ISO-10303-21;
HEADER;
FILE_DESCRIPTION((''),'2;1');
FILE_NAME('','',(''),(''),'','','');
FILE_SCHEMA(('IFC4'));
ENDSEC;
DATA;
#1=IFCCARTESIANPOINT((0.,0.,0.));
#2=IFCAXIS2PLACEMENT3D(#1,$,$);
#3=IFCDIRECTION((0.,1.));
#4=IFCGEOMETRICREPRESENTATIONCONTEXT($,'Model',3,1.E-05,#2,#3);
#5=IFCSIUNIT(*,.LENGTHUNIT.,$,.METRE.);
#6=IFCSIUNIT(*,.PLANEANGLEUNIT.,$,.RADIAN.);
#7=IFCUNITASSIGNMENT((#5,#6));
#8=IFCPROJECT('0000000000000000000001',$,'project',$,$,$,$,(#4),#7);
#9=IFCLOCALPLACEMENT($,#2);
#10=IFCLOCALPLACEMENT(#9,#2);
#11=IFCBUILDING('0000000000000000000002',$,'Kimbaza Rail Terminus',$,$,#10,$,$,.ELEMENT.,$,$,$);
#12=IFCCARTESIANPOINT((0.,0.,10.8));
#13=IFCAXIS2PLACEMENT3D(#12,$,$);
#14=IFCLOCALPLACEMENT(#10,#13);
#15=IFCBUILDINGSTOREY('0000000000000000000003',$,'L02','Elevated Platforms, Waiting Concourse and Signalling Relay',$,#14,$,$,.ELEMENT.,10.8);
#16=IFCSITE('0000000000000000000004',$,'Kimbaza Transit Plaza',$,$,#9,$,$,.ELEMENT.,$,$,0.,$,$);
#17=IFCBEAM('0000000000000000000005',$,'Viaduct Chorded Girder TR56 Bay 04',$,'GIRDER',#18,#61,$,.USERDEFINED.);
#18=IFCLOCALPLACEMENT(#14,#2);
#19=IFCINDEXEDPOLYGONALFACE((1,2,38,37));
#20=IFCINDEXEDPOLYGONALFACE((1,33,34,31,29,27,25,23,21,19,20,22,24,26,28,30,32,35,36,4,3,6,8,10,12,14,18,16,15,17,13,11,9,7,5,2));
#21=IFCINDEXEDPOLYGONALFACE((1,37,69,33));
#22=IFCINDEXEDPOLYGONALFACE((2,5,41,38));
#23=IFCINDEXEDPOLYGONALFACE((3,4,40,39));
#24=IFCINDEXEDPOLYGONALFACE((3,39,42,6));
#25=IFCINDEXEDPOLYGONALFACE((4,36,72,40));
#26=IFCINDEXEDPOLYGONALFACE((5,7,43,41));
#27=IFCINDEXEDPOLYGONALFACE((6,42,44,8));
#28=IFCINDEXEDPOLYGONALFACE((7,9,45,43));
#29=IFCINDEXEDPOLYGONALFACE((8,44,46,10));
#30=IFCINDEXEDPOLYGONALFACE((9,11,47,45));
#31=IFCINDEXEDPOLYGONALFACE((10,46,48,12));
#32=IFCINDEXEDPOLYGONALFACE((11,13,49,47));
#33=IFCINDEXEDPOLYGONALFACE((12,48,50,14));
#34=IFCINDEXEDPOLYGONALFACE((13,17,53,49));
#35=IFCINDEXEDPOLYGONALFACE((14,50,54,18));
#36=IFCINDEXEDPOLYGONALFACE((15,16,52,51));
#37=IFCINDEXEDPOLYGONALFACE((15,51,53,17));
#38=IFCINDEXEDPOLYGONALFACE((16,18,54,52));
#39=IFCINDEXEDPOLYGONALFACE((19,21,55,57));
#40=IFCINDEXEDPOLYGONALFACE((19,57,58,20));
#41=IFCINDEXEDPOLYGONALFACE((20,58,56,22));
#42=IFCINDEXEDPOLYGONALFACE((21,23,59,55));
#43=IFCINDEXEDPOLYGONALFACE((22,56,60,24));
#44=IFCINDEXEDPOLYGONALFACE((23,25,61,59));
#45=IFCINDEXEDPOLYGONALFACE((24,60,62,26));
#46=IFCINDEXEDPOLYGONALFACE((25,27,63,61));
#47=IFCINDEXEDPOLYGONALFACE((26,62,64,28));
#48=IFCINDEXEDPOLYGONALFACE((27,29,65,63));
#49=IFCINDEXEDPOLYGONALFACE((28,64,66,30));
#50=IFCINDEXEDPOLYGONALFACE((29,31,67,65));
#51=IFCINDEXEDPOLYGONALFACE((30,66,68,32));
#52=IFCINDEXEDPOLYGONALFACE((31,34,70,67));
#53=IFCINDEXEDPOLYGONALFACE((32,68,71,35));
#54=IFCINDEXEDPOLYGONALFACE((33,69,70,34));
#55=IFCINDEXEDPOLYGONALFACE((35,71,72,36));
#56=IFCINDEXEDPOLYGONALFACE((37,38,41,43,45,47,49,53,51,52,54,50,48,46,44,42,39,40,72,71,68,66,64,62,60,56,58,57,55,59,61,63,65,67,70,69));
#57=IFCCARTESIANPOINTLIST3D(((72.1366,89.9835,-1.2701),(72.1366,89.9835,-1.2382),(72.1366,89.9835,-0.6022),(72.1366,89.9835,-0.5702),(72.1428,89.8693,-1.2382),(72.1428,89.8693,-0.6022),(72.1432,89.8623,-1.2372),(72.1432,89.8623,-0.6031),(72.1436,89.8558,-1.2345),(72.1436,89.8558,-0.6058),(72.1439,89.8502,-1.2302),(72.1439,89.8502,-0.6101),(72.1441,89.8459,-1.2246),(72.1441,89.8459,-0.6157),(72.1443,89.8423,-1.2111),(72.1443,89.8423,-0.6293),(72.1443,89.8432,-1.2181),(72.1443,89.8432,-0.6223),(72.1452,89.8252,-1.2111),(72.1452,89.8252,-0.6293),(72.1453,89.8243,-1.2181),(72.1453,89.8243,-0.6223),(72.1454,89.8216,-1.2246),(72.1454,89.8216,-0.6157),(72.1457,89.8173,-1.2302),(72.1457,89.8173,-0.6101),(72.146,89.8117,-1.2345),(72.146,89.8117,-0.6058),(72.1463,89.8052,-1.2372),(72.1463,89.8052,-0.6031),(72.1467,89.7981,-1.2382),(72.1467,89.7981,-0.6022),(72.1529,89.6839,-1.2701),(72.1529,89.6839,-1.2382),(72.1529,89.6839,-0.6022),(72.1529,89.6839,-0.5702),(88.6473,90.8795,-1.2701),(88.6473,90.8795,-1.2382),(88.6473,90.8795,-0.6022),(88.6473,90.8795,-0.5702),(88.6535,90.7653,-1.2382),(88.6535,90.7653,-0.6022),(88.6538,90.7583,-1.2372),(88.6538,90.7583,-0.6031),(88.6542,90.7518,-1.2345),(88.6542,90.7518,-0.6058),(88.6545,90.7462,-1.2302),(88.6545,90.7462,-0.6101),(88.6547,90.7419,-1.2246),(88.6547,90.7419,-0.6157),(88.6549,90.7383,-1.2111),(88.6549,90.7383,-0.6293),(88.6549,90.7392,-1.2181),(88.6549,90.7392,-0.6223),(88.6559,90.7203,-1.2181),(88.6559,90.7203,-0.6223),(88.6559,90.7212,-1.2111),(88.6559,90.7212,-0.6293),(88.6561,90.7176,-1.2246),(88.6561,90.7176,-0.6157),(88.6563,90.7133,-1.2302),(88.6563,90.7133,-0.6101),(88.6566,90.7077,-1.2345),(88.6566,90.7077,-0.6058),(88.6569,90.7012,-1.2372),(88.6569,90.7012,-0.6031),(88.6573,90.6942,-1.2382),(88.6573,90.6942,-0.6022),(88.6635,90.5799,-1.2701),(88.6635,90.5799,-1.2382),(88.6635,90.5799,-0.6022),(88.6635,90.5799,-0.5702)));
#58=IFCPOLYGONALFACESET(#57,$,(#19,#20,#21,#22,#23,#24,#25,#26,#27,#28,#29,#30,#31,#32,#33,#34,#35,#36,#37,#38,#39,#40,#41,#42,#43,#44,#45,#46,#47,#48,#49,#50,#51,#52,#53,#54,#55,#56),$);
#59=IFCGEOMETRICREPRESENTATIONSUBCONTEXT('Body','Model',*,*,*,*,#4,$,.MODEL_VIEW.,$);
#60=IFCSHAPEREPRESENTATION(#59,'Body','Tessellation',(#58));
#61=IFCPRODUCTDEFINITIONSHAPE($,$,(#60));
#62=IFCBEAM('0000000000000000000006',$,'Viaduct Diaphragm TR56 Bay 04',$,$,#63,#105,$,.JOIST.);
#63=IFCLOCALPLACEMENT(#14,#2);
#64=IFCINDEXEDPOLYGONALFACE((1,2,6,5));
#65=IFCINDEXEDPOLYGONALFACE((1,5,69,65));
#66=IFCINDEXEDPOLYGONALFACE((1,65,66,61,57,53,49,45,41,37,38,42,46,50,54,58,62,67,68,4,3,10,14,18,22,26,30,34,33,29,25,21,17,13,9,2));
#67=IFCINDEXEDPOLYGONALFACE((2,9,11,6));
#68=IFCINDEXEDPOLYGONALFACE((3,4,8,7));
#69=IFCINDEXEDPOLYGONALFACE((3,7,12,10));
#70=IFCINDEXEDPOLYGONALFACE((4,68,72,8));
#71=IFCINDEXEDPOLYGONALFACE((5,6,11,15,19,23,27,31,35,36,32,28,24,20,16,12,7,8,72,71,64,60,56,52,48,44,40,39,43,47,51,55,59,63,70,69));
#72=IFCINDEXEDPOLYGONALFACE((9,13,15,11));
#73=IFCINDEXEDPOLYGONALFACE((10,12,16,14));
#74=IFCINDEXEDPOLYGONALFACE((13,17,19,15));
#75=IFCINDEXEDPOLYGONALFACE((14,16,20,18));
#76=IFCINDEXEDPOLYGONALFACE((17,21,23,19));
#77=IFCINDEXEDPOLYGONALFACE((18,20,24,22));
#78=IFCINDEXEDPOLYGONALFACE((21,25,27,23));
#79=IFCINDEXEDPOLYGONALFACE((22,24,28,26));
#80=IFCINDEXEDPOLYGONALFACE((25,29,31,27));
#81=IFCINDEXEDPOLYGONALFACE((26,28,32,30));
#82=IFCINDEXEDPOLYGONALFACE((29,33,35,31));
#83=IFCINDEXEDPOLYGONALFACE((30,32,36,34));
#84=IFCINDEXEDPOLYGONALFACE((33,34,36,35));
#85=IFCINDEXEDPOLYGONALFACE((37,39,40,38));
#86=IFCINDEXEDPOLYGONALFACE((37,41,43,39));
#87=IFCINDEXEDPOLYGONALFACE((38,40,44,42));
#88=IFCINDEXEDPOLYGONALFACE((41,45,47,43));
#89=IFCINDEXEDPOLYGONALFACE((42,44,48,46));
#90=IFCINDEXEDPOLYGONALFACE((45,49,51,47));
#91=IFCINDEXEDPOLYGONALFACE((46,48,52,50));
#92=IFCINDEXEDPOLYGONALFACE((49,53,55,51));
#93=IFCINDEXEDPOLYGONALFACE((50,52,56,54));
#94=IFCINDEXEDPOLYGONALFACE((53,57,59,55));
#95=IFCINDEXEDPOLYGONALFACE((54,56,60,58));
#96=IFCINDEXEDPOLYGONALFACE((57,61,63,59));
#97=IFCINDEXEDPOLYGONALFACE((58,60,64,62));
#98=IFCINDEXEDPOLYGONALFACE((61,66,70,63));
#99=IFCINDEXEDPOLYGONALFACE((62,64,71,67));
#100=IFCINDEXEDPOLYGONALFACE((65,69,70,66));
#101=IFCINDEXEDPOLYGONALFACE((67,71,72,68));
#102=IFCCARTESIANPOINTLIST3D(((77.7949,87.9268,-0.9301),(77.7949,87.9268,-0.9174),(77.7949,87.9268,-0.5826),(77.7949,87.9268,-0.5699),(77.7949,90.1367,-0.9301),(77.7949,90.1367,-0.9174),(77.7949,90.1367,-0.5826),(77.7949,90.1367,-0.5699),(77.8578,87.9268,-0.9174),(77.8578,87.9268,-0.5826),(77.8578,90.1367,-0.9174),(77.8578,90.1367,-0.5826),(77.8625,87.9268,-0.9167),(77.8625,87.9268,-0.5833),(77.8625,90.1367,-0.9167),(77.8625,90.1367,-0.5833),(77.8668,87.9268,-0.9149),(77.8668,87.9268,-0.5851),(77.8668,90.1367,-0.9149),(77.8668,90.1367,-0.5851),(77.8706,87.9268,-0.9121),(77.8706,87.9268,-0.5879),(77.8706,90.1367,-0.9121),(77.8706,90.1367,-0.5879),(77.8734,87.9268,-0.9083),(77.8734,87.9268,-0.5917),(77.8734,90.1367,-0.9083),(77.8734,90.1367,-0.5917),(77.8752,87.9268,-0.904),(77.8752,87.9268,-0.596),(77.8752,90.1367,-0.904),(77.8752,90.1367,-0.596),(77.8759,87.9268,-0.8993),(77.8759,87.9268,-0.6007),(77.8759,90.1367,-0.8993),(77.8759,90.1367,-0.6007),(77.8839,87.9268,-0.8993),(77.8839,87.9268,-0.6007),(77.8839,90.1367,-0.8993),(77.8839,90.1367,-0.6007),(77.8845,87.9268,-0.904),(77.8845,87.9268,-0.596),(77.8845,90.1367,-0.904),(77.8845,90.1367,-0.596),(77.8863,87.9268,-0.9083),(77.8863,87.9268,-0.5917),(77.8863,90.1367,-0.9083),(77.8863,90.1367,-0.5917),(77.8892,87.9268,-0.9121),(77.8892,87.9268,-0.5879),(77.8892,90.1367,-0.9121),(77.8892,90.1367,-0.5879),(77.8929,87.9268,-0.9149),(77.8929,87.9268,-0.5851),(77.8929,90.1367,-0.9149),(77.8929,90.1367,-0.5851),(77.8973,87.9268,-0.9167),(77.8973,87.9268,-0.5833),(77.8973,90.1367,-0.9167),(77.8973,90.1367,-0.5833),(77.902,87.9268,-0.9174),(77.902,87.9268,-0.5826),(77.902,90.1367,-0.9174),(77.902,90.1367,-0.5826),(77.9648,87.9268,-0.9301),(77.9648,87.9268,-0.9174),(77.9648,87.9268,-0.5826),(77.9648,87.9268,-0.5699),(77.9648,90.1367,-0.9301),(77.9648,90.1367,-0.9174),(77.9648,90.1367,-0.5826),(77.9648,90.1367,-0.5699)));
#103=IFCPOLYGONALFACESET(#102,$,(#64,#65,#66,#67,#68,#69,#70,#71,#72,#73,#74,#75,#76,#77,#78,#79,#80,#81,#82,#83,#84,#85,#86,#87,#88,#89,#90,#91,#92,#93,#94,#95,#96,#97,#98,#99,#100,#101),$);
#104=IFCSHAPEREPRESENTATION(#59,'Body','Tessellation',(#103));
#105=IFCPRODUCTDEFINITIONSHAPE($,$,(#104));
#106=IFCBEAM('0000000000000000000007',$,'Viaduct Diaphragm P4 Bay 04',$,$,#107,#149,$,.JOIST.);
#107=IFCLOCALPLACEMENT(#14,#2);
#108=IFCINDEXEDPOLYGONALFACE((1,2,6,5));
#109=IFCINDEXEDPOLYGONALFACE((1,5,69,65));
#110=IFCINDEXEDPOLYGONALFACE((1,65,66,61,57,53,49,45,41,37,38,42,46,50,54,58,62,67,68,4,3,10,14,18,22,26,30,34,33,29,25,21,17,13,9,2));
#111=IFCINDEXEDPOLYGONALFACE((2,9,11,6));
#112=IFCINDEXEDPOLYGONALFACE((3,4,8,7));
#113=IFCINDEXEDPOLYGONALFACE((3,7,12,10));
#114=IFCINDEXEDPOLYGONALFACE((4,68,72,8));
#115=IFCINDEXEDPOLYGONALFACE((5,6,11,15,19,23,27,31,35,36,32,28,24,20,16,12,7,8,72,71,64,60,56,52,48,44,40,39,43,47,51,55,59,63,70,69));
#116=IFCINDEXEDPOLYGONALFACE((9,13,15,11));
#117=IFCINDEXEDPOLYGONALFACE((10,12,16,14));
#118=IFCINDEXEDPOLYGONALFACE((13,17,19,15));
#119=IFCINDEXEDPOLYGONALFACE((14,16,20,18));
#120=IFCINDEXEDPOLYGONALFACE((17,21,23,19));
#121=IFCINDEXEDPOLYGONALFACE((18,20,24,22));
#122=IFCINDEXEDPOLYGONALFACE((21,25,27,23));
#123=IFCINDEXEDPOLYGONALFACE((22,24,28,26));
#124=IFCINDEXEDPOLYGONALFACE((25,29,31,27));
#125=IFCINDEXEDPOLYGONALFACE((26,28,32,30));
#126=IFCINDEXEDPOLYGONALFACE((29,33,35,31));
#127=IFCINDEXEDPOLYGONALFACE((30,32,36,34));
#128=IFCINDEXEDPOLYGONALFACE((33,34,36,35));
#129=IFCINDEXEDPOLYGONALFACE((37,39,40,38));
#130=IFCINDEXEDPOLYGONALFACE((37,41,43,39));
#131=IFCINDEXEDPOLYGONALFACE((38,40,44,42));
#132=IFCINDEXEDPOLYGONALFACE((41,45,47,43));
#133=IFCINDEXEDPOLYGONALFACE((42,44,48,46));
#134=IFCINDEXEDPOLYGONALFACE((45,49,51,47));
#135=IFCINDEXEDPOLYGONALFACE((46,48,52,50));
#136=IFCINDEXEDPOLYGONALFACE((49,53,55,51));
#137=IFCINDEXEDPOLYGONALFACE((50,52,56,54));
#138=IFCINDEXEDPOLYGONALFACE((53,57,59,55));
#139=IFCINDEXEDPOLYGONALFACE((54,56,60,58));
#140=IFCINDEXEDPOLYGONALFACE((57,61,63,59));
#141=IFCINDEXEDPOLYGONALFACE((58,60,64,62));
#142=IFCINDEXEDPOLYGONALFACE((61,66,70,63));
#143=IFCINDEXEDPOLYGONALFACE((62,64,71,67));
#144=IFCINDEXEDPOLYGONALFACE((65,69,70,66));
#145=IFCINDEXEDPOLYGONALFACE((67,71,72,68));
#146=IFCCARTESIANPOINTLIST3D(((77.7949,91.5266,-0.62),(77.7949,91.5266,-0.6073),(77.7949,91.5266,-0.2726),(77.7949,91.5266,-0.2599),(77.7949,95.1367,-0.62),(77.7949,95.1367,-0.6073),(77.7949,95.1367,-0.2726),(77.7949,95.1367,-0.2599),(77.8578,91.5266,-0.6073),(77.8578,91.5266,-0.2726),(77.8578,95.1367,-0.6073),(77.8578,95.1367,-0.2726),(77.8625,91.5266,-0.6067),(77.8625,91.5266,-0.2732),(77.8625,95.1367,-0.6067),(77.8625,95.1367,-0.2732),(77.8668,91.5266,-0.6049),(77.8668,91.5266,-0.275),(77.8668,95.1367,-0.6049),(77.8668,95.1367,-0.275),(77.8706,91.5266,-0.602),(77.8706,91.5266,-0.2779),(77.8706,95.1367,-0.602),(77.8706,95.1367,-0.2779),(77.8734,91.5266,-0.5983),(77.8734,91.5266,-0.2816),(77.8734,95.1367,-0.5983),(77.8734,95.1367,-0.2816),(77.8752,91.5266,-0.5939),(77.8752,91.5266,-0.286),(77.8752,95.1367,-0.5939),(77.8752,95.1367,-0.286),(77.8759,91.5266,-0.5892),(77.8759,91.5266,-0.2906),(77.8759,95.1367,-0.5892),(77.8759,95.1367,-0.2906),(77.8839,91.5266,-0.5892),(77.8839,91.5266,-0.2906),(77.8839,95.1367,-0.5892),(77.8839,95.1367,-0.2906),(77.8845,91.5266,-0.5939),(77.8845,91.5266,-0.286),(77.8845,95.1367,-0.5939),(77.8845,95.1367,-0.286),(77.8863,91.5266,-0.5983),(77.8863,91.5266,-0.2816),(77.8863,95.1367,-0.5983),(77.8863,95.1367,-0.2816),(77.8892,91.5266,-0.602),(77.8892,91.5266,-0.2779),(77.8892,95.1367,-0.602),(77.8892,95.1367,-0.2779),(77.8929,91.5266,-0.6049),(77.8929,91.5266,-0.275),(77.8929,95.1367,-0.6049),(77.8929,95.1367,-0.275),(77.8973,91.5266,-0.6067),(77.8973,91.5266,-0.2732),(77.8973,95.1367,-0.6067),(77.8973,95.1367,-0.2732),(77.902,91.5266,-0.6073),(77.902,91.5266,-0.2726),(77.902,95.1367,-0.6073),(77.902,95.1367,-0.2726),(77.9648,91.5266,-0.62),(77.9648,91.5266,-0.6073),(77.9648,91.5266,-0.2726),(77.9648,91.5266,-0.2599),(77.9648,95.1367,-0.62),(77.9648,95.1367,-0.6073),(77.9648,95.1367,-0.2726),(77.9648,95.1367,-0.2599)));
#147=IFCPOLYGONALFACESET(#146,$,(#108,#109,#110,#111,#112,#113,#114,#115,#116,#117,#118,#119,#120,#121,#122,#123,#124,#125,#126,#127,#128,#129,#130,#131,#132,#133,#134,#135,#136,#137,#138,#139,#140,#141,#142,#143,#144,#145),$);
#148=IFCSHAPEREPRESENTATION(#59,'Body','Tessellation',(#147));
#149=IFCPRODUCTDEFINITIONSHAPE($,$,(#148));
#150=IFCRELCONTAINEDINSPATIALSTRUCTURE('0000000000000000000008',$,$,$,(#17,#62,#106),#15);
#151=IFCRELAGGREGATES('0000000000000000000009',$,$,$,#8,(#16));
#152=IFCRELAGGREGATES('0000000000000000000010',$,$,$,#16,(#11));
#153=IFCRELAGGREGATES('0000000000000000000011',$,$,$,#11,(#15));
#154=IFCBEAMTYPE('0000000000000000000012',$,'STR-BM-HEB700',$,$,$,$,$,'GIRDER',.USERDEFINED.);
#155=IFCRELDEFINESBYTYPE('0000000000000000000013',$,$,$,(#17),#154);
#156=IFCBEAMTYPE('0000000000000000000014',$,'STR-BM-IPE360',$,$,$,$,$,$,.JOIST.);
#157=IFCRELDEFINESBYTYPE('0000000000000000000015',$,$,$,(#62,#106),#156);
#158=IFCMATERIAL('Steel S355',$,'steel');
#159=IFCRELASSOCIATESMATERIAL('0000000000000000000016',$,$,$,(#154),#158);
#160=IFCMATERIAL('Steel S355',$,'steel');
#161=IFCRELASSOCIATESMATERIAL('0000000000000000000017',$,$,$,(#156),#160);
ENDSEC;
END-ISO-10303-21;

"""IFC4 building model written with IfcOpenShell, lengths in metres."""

from ifc_helpers import new_model, si_unit, direction, frame, origin, origin_2d, place, context, subcontext, project, spatial, i_section, extrude, material, material_profile, profile_set, type_object, element, save


model = new_model("IFC4")

# Units and contexts
model_context = context("Model", 3, precision=1e-05, world=origin(), true_north=direction((0.0, 1.0)))
body_context = subcontext(model_context, "Body", "Model", "MODEL_VIEW")
ifc_project = project(units=[si_unit("LENGTHUNIT", "METRE"), si_unit("PLANEANGLEUNIT", "RADIAN")], contexts=[model_context])

# Site, building, storey
site_placement = place(None, origin())
site = spatial("IfcSite", under=ifc_project, at=site_placement, Name="Kimbaza Transit Plaza", CompositionType="ELEMENT", RefElevation=0.0)
building_placement = place(site_placement, origin())
building = spatial("IfcBuilding", under=site, at=building_placement, Name="Kimbaza Rail Terminus", CompositionType="ELEMENT")
storey_placement = place(building_placement, frame((0.0, 0.0, 10.8)))
storey = spatial("IfcBuildingStorey", under=building, at=storey_placement, Name="L02", Description="Elevated Platforms, Waiting Concourse and Signalling Relay", CompositionType="ELEMENT", Elevation=10.8)

# Beams
ifc_material_1 = material(Name="Steel S355", Category="steel")
ifc_material_profile_1 = material_profile(ifc_material_1, i_section(OverallWidth=0.3, OverallDepth=0.7, WebThickness=0.0171, FlangeThickness=0.032, FilletRadius=0.0271, at=origin_2d()), Name="HEB 700")
ifc_profile_set_1 = profile_set([ifc_material_profile_1], Name="Steel S355")
beam_type_1 = type_object("IfcBeamType", Name="STR-BM-HEB700", ElementType="GIRDER", PredefinedType="USERDEFINED", material=ifc_profile_set_1)
for number, where, z_axis, x_axis, name in (
    (1, (72.1448, 89.8337, -0.9202), (0.998531, 0.054189, 0.0), (-0.054189, 0.998531, 0.0), "Viaduct Chorded Girder TR56 Bay 04"),
):
    element("IfcBeam", number, at=place(storey_placement, frame(where, z_axis=z_axis, x_axis=x_axis)), inside=storey, type_object=beam_type_1, Name=name, ObjectType="GIRDER", PredefinedType="USERDEFINED", context=body_context, shape_type="SweptSolid", body=[
        extrude(i_section(OverallWidth=0.3, OverallDepth=0.7, WebThickness=0.0171, FlangeThickness=0.032, FilletRadius=0.0271, at=origin_2d()), origin(), (0.0, 0.0, 1.0), 16.5349),
    ])
ifc_material_2 = material(Name="Steel S355", Category="steel")
ifc_material_profile_2 = material_profile(ifc_material_2, i_section(OverallWidth=0.1699, OverallDepth=0.3601, WebThickness=0.0081, FlangeThickness=0.0127, FilletRadius=0.0181, at=origin_2d()), Name="IPE 360")
ifc_profile_set_2 = profile_set([ifc_material_profile_2], Name="Steel S355")
beam_type_2 = type_object("IfcBeamType", Name="STR-BM-IPE360", PredefinedType="JOIST", material=ifc_profile_set_2)
beam_1_placement = place(storey_placement, frame((77.8799, 87.9268, -0.75), z_axis=(0.0, 1.0, 0.0), x_axis=(-1.0, 0.0, 0.0)))
element("IfcBeam", 2, at=beam_1_placement, inside=storey, type_object=beam_type_2, Name="Viaduct Diaphragm TR56 Bay 04", PredefinedType="JOIST", context=body_context, shape_type="SweptSolid", body=[
    extrude(i_section(OverallWidth=0.1699, OverallDepth=0.3601, WebThickness=0.0081, FlangeThickness=0.0127, FilletRadius=0.0181, at=origin_2d()), origin(), (0.0, 0.0, 1.0), 2.21),
])
beam_2_placement = place(storey_placement, frame((77.8799, 91.5266, -0.4399), z_axis=(0.0, 1.0, 0.0), x_axis=(-1.0, 0.0, 0.0)))
element("IfcBeam", 3, at=beam_2_placement, inside=storey, type_object=beam_type_2, Name="Viaduct Diaphragm P4 Bay 04", PredefinedType="JOIST", context=body_context, shape_type="SweptSolid", body=[
    extrude(i_section(OverallWidth=0.1699, OverallDepth=0.3601, WebThickness=0.0081, FlangeThickness=0.0127, FilletRadius=0.0181, at=origin_2d()), origin(), (0.0, 0.0, 1.0), 3.6101),
])

save(model, "model.ifc")
